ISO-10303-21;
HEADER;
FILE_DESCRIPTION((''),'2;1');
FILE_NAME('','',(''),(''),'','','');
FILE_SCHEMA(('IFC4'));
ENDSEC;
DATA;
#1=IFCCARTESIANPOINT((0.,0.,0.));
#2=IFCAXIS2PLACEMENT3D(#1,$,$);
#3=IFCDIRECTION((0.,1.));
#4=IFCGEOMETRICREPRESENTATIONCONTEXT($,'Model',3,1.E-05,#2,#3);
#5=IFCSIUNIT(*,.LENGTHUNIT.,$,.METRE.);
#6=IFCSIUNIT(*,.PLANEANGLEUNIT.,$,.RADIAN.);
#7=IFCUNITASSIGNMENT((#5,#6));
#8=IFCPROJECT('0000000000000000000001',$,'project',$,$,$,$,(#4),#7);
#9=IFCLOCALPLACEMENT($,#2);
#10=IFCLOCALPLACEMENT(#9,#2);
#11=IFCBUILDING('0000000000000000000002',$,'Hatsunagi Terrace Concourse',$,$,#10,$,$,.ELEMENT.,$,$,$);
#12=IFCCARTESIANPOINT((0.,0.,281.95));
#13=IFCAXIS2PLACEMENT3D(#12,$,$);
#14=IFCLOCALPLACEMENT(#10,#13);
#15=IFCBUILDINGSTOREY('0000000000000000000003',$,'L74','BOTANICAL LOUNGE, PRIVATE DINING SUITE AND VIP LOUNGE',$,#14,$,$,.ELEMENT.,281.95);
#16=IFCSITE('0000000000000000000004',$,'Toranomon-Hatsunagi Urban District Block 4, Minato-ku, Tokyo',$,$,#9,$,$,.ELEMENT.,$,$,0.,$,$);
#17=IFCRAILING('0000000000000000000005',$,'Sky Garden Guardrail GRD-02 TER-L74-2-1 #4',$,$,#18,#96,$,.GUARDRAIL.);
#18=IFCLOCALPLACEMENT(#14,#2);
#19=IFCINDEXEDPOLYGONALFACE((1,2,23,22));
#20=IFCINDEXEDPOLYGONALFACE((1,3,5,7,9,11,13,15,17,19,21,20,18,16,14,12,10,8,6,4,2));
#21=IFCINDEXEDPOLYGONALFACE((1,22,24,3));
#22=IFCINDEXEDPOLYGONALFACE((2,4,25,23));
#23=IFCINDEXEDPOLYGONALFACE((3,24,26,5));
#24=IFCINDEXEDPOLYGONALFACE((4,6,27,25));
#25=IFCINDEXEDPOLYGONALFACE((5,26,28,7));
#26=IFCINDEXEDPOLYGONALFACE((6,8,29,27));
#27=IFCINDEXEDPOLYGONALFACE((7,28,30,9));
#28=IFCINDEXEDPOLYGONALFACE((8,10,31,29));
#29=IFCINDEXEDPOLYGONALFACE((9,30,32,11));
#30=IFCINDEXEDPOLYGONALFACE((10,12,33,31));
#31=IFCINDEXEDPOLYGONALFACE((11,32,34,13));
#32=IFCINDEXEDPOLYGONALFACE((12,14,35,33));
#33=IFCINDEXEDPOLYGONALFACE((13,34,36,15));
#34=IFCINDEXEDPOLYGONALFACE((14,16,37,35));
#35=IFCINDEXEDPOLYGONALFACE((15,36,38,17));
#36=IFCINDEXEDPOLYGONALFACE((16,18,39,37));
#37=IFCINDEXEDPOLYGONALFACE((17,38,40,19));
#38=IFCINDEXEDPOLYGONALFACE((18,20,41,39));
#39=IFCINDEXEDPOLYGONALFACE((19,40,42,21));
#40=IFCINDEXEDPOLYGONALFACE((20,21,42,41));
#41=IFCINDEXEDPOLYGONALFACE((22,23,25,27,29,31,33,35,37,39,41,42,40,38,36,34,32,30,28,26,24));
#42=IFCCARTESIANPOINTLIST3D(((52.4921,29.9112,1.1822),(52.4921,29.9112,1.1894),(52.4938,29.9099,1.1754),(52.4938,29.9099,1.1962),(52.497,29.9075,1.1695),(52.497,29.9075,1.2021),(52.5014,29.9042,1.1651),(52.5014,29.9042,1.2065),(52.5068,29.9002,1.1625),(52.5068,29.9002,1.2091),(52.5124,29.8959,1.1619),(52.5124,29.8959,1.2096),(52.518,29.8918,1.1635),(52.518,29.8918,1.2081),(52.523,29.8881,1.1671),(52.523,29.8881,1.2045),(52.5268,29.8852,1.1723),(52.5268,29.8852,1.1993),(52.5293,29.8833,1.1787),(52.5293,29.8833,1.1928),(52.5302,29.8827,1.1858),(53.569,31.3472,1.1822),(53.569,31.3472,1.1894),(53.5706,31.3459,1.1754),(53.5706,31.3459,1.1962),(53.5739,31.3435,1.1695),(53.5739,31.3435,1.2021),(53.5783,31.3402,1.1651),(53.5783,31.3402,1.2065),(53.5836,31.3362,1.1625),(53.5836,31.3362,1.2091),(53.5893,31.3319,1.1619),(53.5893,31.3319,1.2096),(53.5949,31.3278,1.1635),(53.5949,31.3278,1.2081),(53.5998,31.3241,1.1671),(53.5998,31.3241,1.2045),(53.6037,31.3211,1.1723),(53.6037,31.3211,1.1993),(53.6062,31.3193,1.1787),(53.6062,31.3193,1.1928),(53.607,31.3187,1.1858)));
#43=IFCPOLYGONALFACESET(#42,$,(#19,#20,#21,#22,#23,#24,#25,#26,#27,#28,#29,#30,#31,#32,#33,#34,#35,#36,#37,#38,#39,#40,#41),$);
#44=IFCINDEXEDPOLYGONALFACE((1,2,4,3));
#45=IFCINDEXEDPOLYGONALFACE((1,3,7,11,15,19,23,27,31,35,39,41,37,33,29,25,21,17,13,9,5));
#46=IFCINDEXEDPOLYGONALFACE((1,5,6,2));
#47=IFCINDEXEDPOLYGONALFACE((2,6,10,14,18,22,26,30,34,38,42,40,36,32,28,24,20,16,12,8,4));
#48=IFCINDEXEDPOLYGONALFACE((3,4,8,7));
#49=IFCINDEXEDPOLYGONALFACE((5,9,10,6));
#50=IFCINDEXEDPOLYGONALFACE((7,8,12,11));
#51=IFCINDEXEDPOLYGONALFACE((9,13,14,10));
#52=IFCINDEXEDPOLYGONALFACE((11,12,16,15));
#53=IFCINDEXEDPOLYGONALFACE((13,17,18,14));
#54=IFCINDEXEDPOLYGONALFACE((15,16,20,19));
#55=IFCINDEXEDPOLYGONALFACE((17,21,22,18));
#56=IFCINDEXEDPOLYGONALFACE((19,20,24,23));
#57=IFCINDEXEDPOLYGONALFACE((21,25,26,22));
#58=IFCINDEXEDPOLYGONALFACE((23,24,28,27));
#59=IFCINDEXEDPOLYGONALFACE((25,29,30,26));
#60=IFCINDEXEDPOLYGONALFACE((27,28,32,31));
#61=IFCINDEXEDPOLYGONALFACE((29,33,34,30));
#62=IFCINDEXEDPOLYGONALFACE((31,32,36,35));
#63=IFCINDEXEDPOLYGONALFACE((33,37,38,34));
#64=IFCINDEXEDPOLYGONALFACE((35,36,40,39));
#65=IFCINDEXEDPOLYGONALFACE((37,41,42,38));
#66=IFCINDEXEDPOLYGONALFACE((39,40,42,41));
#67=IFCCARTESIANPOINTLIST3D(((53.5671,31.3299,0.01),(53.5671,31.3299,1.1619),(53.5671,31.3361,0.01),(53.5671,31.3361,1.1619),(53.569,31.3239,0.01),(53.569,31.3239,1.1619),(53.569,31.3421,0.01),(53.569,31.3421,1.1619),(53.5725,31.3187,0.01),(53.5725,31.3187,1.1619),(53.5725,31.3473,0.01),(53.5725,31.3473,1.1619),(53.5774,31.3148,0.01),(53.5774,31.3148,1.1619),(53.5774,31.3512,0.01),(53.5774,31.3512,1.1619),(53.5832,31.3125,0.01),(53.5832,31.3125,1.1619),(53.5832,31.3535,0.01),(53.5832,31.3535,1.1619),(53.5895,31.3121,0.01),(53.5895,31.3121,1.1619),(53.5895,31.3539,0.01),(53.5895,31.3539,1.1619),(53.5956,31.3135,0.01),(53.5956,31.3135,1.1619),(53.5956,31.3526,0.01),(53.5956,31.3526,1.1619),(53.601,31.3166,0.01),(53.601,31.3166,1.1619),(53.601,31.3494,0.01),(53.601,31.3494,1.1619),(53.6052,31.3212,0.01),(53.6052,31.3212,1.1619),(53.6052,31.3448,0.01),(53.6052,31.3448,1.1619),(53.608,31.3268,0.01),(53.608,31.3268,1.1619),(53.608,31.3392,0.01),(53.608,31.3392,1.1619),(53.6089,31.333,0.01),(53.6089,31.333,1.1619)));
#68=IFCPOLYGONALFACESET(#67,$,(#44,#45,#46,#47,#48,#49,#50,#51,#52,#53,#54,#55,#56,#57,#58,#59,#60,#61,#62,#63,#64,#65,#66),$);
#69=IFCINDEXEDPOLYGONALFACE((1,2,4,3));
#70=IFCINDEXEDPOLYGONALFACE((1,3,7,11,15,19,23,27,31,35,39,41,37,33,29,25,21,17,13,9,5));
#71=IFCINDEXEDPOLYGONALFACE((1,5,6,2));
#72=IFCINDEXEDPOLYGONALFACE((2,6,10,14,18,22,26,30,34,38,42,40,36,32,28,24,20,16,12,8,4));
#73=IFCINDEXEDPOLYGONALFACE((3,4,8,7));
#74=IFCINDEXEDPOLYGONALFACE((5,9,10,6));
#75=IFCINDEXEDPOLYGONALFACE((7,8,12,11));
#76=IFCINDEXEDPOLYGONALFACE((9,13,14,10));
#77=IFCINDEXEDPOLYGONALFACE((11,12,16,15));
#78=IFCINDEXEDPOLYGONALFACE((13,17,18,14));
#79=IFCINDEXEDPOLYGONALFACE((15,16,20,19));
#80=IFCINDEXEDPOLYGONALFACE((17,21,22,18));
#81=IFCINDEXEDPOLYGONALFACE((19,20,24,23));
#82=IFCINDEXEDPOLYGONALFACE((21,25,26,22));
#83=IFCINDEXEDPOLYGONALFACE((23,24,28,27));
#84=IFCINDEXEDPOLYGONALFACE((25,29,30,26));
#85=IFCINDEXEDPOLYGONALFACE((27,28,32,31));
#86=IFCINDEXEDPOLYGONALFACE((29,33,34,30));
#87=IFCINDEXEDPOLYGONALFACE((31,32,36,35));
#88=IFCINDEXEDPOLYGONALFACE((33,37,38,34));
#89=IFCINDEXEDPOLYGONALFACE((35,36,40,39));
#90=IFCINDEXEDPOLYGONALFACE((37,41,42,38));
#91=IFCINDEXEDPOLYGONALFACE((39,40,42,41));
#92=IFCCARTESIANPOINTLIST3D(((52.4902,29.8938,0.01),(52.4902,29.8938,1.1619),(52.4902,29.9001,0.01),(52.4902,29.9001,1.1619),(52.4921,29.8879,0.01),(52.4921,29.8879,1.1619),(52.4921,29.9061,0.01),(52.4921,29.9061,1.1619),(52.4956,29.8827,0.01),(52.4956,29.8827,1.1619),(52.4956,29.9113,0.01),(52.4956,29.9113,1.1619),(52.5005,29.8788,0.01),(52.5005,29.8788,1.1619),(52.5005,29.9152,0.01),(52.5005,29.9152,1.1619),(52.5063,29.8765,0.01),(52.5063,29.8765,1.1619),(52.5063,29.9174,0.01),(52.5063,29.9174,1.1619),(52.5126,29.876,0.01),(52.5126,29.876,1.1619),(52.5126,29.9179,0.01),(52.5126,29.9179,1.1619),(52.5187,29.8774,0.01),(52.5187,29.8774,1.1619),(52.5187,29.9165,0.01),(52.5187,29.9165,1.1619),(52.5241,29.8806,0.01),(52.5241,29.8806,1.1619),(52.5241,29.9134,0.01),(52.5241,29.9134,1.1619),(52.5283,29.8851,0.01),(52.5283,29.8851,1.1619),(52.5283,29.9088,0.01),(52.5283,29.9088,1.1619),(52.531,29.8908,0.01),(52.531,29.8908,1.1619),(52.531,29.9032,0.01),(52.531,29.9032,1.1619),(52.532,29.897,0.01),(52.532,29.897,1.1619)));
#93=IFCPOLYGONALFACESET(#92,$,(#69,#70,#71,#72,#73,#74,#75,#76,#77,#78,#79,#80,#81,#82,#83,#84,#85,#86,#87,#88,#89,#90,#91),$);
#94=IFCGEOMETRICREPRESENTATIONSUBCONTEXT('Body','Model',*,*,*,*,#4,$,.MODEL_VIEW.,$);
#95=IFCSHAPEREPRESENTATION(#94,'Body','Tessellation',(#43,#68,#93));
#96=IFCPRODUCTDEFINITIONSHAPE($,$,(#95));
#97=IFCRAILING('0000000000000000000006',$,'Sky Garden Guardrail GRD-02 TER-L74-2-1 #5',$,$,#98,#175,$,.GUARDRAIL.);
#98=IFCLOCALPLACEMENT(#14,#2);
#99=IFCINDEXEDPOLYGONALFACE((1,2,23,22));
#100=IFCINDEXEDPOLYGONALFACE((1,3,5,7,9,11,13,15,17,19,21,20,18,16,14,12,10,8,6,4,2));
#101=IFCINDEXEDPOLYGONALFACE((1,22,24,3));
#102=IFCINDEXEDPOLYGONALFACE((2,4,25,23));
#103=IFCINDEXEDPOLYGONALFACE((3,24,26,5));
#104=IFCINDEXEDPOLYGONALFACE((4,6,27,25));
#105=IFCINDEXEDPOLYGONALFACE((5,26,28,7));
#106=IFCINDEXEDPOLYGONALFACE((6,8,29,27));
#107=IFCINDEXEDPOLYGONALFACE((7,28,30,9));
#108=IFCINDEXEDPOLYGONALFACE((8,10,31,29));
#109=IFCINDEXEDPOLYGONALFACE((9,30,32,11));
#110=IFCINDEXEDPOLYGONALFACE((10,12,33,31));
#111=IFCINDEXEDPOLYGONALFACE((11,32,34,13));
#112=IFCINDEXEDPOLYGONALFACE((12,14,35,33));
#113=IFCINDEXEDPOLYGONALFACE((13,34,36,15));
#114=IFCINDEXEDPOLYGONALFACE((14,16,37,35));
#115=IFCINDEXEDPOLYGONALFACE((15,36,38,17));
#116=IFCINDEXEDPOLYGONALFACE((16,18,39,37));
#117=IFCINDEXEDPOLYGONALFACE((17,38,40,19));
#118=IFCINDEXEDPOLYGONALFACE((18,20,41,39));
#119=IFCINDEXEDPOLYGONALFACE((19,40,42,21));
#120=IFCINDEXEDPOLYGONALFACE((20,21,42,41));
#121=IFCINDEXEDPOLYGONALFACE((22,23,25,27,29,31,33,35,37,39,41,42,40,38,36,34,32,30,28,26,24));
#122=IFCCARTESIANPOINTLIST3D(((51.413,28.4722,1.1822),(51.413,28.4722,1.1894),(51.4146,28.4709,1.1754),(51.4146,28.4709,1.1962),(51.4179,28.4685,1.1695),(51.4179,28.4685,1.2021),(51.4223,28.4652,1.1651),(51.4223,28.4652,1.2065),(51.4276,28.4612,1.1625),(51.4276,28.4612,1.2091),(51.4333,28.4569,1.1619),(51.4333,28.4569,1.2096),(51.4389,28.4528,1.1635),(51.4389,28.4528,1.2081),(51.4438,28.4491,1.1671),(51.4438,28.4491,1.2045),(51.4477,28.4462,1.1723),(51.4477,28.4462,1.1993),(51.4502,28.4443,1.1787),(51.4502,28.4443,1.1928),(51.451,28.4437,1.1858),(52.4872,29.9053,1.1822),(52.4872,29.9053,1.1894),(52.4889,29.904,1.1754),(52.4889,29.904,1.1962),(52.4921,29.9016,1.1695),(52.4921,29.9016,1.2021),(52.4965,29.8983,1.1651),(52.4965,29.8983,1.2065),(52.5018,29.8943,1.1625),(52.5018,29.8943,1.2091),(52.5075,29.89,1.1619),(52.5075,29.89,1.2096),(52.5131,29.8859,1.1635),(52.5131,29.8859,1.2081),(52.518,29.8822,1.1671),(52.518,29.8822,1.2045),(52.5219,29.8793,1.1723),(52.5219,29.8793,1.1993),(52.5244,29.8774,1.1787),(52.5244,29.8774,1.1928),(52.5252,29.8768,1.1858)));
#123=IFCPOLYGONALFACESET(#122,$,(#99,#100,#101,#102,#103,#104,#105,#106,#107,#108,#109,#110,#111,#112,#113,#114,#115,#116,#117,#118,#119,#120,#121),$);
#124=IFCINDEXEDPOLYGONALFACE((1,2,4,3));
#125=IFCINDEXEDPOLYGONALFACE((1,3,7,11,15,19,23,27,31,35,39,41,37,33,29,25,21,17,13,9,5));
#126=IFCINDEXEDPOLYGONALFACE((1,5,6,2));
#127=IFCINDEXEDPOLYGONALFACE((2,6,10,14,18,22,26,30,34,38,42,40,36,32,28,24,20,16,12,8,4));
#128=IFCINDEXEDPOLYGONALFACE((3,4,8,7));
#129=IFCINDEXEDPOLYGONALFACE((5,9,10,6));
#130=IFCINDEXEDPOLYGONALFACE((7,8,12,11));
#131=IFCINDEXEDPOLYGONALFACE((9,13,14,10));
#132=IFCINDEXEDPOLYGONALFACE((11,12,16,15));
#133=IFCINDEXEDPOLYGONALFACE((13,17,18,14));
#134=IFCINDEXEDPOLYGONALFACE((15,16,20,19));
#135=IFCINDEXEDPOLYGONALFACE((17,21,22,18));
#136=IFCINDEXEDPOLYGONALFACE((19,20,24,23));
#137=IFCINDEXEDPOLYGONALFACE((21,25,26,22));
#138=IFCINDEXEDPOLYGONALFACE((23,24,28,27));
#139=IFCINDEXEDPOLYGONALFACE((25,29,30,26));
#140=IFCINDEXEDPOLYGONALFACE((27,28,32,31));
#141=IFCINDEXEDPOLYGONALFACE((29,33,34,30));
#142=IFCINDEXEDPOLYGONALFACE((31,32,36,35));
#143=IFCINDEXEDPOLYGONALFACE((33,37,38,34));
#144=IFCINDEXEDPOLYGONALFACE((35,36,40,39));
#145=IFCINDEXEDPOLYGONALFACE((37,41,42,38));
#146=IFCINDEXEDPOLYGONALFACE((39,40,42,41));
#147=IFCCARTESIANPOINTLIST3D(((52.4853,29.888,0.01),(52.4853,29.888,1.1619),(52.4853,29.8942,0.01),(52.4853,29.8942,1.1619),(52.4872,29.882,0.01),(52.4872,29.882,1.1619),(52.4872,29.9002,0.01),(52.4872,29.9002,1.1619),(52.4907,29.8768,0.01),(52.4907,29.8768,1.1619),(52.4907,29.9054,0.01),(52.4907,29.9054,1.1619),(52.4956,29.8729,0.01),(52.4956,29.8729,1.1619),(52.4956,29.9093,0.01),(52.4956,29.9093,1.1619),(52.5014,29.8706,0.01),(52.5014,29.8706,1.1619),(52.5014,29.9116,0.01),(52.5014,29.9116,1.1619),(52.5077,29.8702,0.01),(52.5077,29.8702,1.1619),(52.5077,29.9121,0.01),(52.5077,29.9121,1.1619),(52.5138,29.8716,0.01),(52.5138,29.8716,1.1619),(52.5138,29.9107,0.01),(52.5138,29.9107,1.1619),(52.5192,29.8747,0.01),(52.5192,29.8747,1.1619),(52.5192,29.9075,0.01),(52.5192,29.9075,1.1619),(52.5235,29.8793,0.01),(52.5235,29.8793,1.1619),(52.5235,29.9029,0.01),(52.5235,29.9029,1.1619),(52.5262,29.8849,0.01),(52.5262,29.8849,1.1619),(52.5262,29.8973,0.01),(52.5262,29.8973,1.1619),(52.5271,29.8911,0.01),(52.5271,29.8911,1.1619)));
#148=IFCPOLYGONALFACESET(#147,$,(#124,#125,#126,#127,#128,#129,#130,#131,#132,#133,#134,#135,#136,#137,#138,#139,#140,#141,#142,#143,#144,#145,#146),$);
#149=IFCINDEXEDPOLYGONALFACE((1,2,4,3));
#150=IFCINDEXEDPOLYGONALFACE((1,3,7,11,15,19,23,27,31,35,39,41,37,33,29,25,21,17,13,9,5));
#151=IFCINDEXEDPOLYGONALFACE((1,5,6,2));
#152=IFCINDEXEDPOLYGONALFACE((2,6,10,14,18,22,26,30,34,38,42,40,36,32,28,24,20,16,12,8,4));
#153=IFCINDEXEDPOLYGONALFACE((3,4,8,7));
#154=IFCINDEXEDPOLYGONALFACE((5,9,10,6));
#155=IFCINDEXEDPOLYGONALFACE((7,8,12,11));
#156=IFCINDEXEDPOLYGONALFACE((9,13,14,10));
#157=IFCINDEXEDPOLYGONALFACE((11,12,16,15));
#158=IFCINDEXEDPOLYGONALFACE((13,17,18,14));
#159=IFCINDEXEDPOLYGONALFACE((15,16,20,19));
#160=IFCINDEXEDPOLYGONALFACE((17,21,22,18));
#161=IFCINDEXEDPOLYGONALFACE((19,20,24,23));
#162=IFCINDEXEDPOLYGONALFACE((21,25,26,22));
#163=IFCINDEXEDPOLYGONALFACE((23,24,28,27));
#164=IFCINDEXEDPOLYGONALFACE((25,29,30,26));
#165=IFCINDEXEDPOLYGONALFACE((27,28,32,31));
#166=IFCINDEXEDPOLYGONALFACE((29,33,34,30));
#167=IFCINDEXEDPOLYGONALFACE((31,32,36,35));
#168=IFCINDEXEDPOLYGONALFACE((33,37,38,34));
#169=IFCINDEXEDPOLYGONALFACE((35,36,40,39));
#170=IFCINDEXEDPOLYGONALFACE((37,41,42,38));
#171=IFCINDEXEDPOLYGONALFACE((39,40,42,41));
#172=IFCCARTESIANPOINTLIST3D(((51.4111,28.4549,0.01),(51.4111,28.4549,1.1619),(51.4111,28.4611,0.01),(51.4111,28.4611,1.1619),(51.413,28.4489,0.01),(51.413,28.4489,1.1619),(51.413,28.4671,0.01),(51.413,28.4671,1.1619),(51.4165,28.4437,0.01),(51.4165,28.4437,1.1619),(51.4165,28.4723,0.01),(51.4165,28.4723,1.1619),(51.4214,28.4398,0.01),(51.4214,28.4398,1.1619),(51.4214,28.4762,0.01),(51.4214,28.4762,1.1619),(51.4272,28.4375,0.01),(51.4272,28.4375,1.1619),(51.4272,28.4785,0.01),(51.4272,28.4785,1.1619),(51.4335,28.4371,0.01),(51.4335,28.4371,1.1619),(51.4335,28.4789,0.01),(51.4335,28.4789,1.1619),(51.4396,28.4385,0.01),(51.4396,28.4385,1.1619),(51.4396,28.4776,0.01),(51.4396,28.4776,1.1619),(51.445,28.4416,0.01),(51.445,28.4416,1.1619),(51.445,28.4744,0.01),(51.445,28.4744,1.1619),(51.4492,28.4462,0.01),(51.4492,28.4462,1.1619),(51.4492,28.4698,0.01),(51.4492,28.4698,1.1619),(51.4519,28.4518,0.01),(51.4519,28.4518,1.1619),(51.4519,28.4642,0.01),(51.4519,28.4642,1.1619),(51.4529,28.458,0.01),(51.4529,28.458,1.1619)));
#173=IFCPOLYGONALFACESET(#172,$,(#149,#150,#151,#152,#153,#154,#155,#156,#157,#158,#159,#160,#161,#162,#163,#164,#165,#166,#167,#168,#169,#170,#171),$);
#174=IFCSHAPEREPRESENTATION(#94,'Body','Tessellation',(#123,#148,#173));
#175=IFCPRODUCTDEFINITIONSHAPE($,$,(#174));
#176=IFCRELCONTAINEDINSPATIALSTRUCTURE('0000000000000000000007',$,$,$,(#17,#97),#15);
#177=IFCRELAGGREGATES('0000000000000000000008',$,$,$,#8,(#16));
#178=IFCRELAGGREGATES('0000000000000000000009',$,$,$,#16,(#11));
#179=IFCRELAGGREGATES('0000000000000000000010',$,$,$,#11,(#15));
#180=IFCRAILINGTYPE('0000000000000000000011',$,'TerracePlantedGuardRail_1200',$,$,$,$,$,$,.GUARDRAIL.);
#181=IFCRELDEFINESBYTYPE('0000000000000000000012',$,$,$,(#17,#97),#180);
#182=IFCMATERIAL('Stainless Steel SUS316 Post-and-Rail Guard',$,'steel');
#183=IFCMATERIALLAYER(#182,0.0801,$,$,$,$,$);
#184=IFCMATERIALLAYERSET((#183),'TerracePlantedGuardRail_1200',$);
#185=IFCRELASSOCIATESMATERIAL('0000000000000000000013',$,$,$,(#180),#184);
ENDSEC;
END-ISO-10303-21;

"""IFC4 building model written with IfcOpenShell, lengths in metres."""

from ifc_helpers import new_model, si_unit, direction, frame, origin, origin_2d, place, context, subcontext, project, spatial, circle, extrude, material, layer, layer_set, type_object, element, save


model = new_model("IFC4")

# Units and contexts
model_context = context("Model", 3, precision=1e-05, world=origin(), true_north=direction((0.0, 1.0)))
body_context = subcontext(model_context, "Body", "Model", "MODEL_VIEW")
ifc_project = project(units=[si_unit("LENGTHUNIT", "METRE"), si_unit("PLANEANGLEUNIT", "RADIAN")], contexts=[model_context])

# Site, building, storey
site_placement = place(None, origin())
site = spatial("IfcSite", under=ifc_project, at=site_placement, Name="Toranomon-Hatsunagi Urban District Block 4, Minato-ku, Tokyo", CompositionType="ELEMENT", RefElevation=0.0)
building_placement = place(site_placement, origin())
building = spatial("IfcBuilding", under=site, at=building_placement, Name="Hatsunagi Terrace Concourse", CompositionType="ELEMENT")
storey_placement = place(building_placement, frame((0.0, 0.0, 281.95)))
storey = spatial("IfcBuildingStorey", under=building, at=storey_placement, Name="L74", Description="BOTANICAL LOUNGE, PRIVATE DINING SUITE AND VIP LOUNGE", CompositionType="ELEMENT", Elevation=281.95)

# Railings
ifc_material_1 = material(Name="Stainless Steel SUS316 Post-and-Rail Guard", Category="steel")
ifc_layer_1 = layer(ifc_material_1, 0.0801)
ifc_layer_set_1 = layer_set([ifc_layer_1], Name="TerracePlantedGuardRail_1200")
railing_type_1 = type_object("IfcRailingType", Name="TerracePlantedGuardRail_1200", PredefinedType="GUARDRAIL", material=ifc_layer_set_1)
railing_1_placement = place(storey_placement, frame((53.5879, 31.333, 0.01)))
element("IfcRailing", 1, at=railing_1_placement, inside=storey, type_object=railing_type_1, Name="Sky Garden Guardrail GRD-02 TER-L74-2-1 #4", PredefinedType="GUARDRAIL", context=body_context, shape_type="SweptSolid", body=[
    extrude(circle(Radius=0.0239, at=origin_2d()), frame((0.0, 0.0, 1.1758), z_axis=(-0.599956, -0.800033, 0.0), x_axis=(0.800033, -0.599956, 0.0)), (0.0, 0.0, 1.0), 1.7949),
    extrude(circle(Radius=0.021, at=origin_2d()), origin(), (0.0, 0.0, 1.0), 1.1519),
    extrude(circle(Radius=0.021, at=origin_2d()), frame((-1.0769, -1.436, 0.0)), (0.0, 0.0, 1.0), 1.1519),
])
railing_2_placement = place(storey_placement, frame((52.5061, 29.8911, 0.01)))
element("IfcRailing", 2, at=railing_2_placement, inside=storey, type_object=railing_type_1, Name="Sky Garden Guardrail GRD-02 TER-L74-2-1 #5", PredefinedType="GUARDRAIL", context=body_context, shape_type="SweptSolid", body=[
    extrude(circle(Radius=0.0239, at=origin_2d()), frame((0.0, 0.0, 1.1758), z_axis=(-0.599782, -0.800164, 0.0), x_axis=(0.800164, -0.599782, 0.0)), (0.0, 0.0, 1.0), 1.791),
    extrude(circle(Radius=0.021, at=origin_2d()), origin(), (0.0, 0.0, 1.0), 1.1519),
    extrude(circle(Radius=0.021, at=origin_2d()), frame((-1.0742, -1.4331, 0.0)), (0.0, 0.0, 1.0), 1.1519),
])

save(model, "model.ifc")
